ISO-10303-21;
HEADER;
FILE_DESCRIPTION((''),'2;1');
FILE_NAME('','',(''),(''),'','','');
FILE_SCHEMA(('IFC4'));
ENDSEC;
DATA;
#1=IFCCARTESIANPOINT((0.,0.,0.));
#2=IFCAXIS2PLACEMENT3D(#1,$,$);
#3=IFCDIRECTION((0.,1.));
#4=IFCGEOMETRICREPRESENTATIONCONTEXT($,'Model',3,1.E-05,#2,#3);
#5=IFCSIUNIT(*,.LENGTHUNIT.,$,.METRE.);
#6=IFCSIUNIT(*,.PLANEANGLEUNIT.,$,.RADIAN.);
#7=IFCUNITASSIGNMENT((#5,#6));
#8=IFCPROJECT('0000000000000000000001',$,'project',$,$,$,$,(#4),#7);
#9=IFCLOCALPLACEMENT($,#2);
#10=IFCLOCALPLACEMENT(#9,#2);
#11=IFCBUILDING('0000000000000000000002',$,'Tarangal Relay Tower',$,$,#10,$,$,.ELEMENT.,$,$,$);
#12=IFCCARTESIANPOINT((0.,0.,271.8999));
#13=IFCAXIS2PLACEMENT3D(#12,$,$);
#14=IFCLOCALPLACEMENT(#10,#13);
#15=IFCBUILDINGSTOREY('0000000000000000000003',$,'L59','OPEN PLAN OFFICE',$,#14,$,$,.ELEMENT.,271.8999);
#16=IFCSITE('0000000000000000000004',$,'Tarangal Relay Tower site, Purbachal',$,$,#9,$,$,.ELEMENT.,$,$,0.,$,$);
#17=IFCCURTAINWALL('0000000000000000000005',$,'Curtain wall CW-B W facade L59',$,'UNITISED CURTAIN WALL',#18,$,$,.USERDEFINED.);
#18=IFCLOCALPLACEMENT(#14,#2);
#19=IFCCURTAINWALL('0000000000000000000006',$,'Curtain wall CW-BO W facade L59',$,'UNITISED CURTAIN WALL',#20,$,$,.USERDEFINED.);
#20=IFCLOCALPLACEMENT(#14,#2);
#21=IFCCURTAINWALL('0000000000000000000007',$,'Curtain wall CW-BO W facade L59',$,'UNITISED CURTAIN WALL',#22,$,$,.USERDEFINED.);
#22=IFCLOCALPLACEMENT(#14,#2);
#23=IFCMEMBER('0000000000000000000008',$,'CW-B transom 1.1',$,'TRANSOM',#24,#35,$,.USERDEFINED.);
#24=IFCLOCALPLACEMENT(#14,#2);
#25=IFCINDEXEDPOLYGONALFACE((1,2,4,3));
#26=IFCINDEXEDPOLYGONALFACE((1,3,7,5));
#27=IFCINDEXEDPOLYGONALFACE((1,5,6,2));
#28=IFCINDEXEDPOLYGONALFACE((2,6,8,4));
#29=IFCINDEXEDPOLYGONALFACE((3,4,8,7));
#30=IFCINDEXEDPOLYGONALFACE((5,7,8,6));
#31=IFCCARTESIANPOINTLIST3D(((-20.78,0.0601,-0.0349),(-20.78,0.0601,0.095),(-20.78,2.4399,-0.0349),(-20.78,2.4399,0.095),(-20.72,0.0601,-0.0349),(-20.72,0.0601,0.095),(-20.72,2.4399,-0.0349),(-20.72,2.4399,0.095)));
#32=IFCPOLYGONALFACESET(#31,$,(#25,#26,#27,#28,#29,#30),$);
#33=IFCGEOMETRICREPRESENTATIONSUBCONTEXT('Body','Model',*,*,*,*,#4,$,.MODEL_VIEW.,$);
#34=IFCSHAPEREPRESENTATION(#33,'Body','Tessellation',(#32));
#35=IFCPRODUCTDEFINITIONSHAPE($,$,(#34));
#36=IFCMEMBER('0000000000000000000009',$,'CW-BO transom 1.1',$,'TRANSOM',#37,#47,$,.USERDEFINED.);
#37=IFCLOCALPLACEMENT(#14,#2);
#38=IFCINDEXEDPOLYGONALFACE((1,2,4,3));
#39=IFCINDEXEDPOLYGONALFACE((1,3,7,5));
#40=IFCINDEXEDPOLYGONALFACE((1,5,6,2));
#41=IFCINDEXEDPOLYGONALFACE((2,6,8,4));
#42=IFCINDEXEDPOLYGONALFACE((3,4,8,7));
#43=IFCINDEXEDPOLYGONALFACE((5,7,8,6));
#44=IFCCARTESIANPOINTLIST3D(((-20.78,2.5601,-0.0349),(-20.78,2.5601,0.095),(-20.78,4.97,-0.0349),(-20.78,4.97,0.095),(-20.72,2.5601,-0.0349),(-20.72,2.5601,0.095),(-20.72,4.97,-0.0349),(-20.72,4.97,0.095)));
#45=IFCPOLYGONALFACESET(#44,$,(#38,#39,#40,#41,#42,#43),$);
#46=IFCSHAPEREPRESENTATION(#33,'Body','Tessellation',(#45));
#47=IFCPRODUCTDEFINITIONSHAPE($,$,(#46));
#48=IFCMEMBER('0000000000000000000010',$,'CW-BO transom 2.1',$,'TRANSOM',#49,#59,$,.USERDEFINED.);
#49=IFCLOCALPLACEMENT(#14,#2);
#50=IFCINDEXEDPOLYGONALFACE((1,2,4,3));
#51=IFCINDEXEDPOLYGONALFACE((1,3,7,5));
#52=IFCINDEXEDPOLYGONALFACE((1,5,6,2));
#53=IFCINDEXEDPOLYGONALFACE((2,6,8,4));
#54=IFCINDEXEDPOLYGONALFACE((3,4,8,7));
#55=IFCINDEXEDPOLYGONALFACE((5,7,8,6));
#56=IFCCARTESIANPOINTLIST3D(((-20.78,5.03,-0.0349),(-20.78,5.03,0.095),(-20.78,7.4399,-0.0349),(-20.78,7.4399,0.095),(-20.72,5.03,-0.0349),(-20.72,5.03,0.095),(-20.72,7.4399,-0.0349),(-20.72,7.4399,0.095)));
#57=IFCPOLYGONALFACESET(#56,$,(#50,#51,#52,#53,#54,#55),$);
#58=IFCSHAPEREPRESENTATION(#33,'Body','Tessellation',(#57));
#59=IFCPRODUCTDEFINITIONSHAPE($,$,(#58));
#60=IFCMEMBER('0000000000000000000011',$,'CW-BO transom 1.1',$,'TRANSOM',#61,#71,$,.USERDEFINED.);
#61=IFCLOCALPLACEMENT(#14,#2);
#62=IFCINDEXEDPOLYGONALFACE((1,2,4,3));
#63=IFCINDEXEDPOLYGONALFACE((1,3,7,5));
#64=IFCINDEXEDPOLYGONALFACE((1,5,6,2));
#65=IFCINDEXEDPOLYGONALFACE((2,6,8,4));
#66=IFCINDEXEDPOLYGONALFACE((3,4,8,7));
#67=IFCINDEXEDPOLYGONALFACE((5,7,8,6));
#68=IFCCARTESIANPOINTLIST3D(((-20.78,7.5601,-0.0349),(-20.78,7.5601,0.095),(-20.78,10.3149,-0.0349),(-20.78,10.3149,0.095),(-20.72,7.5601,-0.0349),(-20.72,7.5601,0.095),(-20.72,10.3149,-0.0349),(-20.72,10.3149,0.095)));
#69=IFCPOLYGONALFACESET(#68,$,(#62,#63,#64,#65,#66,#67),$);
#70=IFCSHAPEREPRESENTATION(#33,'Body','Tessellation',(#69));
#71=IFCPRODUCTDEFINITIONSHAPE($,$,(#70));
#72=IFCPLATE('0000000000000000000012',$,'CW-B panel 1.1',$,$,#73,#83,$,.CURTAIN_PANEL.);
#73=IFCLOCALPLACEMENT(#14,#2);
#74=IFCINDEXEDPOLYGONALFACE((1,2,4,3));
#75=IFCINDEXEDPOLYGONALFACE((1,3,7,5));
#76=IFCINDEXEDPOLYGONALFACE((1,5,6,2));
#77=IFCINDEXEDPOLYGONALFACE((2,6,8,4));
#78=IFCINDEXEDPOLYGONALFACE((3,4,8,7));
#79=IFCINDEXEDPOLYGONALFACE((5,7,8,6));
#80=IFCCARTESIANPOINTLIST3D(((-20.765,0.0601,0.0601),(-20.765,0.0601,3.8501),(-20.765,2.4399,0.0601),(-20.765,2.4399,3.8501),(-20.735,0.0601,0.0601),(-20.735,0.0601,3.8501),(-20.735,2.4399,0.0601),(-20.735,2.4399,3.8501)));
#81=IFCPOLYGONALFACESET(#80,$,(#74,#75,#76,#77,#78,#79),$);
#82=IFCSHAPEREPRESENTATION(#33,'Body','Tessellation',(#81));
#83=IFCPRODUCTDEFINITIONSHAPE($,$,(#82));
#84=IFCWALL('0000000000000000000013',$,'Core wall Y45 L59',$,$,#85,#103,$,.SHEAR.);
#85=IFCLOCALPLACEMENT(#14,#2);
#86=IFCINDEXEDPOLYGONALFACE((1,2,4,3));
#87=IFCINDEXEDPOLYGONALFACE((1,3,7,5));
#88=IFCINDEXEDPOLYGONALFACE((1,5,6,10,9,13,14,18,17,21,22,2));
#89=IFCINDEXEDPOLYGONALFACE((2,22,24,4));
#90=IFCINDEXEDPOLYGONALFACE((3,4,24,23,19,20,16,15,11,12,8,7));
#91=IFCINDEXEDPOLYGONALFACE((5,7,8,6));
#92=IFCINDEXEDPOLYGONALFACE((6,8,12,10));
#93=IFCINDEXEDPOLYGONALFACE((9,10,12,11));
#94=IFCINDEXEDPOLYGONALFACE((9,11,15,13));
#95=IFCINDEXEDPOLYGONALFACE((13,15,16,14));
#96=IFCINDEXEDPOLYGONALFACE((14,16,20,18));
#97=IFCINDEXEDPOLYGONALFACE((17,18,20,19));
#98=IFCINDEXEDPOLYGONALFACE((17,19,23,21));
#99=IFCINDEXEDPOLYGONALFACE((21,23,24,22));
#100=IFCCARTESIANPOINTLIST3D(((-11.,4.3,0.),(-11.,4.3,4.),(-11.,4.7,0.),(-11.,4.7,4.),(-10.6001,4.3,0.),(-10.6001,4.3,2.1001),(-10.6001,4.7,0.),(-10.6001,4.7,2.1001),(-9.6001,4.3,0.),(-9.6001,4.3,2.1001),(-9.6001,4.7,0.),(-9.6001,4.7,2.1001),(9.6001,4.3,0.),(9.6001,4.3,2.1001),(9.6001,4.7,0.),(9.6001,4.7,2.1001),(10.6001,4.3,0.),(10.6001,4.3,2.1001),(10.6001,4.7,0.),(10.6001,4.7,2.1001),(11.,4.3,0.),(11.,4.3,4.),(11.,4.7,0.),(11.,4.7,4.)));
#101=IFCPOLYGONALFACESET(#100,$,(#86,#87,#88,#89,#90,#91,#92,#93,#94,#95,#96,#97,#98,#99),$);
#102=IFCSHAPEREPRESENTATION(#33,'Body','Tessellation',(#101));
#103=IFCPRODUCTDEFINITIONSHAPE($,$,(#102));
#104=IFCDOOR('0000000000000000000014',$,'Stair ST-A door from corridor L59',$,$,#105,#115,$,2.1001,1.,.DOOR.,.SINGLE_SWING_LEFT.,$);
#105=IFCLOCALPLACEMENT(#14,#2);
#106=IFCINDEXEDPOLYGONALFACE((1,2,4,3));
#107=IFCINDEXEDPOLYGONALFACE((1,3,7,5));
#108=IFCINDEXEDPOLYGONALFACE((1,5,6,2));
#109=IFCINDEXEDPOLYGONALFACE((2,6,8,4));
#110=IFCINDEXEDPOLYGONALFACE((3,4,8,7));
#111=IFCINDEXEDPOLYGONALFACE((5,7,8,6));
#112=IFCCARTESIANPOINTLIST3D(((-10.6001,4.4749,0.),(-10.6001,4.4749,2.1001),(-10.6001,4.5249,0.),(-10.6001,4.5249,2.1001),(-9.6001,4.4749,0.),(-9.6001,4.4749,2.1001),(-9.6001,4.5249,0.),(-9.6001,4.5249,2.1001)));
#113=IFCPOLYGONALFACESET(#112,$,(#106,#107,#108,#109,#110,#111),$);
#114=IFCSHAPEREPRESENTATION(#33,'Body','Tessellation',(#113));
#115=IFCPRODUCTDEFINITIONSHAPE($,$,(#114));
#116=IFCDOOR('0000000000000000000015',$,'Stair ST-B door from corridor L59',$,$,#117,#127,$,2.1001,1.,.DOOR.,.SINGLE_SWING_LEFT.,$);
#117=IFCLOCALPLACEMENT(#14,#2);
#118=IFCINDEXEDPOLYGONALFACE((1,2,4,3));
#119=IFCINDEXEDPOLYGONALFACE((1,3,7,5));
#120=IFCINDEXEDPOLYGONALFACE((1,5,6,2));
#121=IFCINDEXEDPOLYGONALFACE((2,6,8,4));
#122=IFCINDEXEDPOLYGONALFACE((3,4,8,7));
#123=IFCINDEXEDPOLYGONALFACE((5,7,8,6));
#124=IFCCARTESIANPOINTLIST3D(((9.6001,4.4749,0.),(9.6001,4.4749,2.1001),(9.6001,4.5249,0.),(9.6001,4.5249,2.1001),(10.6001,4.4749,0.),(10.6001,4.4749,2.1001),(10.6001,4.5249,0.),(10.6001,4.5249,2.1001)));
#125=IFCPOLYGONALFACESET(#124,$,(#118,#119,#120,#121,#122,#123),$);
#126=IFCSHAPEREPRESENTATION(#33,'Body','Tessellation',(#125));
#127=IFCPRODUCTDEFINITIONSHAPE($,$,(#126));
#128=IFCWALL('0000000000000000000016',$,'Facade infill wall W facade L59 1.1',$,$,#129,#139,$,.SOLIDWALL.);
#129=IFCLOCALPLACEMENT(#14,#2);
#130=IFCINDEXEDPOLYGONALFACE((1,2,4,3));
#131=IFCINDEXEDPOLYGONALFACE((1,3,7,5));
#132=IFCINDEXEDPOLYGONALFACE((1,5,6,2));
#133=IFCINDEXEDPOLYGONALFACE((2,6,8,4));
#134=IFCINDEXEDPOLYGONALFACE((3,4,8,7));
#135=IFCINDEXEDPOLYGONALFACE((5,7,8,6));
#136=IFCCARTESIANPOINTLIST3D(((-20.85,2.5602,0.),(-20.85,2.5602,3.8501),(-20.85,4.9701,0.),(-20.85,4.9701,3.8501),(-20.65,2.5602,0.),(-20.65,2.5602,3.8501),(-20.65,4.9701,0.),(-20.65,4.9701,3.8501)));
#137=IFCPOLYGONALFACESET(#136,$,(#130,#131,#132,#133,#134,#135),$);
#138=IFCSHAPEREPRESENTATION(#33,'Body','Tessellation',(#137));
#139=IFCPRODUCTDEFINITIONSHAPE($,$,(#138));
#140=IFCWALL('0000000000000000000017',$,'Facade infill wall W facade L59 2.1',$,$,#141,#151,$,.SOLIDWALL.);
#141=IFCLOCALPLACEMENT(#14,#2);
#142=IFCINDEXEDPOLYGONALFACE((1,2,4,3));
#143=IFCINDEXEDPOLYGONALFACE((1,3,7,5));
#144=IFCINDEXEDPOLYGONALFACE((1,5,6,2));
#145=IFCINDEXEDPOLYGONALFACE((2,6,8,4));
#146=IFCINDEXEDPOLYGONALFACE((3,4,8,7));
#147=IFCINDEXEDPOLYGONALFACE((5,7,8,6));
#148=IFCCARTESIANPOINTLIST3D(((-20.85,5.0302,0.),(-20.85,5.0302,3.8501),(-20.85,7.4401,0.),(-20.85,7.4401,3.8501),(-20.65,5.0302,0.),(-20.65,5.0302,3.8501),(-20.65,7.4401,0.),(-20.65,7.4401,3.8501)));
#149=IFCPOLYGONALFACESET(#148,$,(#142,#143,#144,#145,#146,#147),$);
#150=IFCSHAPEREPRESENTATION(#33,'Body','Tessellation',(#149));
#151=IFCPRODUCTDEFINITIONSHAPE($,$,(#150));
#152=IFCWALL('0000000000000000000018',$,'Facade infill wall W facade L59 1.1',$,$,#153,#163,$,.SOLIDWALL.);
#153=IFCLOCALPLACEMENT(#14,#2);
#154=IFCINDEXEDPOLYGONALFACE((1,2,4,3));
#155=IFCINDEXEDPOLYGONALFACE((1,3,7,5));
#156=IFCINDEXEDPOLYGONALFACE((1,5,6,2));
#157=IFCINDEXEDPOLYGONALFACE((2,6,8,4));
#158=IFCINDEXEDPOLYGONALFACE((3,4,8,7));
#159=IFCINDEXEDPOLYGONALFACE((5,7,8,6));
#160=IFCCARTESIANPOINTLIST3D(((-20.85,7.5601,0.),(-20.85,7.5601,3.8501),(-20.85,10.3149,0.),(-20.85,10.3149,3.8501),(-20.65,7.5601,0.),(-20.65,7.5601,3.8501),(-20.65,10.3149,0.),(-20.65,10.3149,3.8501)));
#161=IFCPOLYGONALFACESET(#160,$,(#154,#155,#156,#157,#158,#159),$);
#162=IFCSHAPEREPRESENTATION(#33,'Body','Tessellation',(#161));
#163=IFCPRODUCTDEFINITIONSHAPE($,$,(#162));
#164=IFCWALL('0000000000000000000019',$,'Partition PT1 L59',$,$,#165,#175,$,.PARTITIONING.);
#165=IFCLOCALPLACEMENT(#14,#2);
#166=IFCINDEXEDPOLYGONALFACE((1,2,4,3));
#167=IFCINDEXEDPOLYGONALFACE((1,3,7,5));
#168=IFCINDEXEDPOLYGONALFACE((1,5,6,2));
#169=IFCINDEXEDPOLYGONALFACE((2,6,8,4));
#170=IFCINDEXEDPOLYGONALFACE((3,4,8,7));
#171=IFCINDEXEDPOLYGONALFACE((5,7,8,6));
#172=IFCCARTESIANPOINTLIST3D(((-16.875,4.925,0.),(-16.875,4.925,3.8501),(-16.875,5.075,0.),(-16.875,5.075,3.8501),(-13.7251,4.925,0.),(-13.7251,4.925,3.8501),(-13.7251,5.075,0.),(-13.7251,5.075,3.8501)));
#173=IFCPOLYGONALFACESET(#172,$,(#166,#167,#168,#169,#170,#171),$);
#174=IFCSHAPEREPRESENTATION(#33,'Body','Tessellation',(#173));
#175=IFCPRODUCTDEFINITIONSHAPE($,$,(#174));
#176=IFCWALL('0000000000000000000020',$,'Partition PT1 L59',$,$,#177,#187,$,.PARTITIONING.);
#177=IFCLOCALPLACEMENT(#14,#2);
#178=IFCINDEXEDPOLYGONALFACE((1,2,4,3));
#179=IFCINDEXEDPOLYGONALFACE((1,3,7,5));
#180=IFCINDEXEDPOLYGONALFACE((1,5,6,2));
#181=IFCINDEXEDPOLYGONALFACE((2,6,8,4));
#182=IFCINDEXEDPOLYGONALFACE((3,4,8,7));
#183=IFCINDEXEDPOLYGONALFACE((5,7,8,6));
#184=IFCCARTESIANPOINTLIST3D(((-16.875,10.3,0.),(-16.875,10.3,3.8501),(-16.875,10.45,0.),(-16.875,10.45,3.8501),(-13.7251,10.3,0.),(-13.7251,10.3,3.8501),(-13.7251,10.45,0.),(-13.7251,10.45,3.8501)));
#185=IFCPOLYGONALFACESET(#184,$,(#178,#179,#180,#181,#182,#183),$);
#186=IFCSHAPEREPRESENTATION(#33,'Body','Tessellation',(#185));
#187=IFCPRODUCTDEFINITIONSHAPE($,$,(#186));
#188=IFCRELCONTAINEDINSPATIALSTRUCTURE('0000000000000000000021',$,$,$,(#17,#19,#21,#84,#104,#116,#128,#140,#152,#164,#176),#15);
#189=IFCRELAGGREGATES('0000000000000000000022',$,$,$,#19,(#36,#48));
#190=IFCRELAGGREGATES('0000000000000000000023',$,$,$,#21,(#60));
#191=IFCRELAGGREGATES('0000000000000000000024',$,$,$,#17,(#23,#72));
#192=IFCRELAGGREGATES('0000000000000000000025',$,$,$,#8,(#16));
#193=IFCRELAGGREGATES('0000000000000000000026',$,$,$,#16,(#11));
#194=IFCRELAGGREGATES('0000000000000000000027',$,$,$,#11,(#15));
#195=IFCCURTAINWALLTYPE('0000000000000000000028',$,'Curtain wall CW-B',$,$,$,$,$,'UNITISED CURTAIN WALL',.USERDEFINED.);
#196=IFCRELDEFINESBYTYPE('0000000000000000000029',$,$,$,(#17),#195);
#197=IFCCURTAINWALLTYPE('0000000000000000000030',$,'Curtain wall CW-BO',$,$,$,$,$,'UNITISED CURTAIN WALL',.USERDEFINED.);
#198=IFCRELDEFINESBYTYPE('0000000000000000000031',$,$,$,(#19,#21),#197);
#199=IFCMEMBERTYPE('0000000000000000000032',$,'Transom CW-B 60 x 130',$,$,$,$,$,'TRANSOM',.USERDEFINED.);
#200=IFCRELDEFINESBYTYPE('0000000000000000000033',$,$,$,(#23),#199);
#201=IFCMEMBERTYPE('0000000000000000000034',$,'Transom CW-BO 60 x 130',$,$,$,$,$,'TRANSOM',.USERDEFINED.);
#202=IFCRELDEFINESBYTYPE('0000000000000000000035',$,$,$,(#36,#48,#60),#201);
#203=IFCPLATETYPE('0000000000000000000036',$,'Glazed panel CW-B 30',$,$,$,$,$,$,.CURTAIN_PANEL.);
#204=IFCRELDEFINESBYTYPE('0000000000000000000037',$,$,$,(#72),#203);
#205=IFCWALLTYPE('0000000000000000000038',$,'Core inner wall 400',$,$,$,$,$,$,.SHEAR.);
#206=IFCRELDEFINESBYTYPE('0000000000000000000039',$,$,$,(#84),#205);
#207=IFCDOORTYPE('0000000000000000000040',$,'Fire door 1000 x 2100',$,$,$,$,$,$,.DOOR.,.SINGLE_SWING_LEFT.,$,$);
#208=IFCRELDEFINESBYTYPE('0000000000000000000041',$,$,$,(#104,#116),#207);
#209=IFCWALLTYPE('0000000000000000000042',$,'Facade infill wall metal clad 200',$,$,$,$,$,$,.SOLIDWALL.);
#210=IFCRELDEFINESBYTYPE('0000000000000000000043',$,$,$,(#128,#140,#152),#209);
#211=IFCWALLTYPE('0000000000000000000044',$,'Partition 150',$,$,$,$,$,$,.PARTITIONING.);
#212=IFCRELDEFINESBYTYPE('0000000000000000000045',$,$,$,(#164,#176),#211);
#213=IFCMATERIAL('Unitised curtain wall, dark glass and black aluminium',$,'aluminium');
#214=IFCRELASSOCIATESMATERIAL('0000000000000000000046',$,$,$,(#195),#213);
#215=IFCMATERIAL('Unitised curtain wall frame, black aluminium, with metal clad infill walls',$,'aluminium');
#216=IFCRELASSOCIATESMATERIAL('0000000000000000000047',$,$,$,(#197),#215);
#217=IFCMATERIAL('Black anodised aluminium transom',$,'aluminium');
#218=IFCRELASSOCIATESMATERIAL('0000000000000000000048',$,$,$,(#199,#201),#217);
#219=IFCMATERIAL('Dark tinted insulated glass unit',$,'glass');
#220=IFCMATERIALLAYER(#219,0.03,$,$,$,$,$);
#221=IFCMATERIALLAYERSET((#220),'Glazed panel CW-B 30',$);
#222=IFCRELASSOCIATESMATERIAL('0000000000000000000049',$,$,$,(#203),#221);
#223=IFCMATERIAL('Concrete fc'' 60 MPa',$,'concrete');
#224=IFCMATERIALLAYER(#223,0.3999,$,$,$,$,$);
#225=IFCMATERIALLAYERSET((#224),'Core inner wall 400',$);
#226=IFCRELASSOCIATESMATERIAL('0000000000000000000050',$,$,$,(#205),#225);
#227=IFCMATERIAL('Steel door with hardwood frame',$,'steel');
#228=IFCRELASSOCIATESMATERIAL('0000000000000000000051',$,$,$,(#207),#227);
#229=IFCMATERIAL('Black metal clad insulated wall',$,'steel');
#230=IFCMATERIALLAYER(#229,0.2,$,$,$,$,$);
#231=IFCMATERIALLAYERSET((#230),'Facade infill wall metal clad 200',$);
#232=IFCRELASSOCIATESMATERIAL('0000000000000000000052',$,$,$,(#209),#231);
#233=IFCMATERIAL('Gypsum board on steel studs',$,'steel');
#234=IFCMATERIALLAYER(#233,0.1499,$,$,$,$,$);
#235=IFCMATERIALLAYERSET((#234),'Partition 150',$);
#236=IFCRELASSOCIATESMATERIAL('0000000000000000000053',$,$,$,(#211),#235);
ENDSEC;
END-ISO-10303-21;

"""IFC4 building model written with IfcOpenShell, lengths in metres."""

from ifc_helpers import new_model, si_unit, direction, frame, frame_2d, origin, origin_2d, place, context, subcontext, project, spatial, rectangle, extrude, material, layer, layer_set, material_profile, profile_set, type_object, element, fill, aggregate, save


model = new_model("IFC4")

# Units and contexts
model_context = context("Model", 3, precision=1e-05, world=origin(), true_north=direction((0.0, 1.0)))
body_context = subcontext(model_context, "Body", "Model", "MODEL_VIEW")
ifc_project = project(units=[si_unit("LENGTHUNIT", "METRE"), si_unit("PLANEANGLEUNIT", "RADIAN")], contexts=[model_context])

# Site, building, storey
site_placement = place(None, origin())
site = spatial("IfcSite", under=ifc_project, at=site_placement, Name="Tarangal Relay Tower site, Purbachal", CompositionType="ELEMENT", RefElevation=0.0)
building_placement = place(site_placement, origin())
building = spatial("IfcBuilding", under=site, at=building_placement, Name="Tarangal Relay Tower", CompositionType="ELEMENT")
storey_placement = place(building_placement, frame((0.0, 0.0, 271.8999)))
storey = spatial("IfcBuildingStorey", under=building, at=storey_placement, Name="L59", Description="OPEN PLAN OFFICE", CompositionType="ELEMENT", Elevation=271.8999)

# Curtain wall
ifc_material_1 = material(Name="Unitised curtain wall, dark glass and black aluminium", Category="aluminium")
curtain_wall_type_1 = type_object("IfcCurtainWallType", Name="Curtain wall CW-B", ElementType="UNITISED CURTAIN WALL", PredefinedType="USERDEFINED", material=ifc_material_1)
curtain_wall_1_placement = place(storey_placement, origin())
curtain_wall_1 = element("IfcCurtainWall", 1, at=curtain_wall_1_placement, inside=storey, type_object=curtain_wall_type_1, Name="Curtain wall CW-B W facade L59", ObjectType="UNITISED CURTAIN WALL", PredefinedType="USERDEFINED")

# Curtain walls
ifc_material_2 = material(Name="Unitised curtain wall frame, black aluminium, with metal clad infill walls", Category="aluminium")
curtain_wall_type_2 = type_object("IfcCurtainWallType", Name="Curtain wall CW-BO", ElementType="UNITISED CURTAIN WALL", PredefinedType="USERDEFINED", material=ifc_material_2)
curtain_wall_2_placement = place(storey_placement, origin())
curtain_wall_2 = element("IfcCurtainWall", 2, at=curtain_wall_2_placement, inside=storey, type_object=curtain_wall_type_2, Name="Curtain wall CW-BO W facade L59", ObjectType="UNITISED CURTAIN WALL", PredefinedType="USERDEFINED")
curtain_wall_3_placement = place(storey_placement, origin())
curtain_wall_3 = element("IfcCurtainWall", 3, at=curtain_wall_3_placement, inside=storey, type_object=curtain_wall_type_2, Name="Curtain wall CW-BO W facade L59", ObjectType="UNITISED CURTAIN WALL", PredefinedType="USERDEFINED")

# Members
ifc_material_3 = material(Name="Black anodised aluminium transom", Category="aluminium")
ifc_material_profile_1 = material_profile(ifc_material_3, rectangle(XDim=0.0601, YDim=0.1299, at=origin_2d()), Name="CW-BT 60X130")
ifc_profile_set_1 = profile_set([ifc_material_profile_1], Name="Black anodised aluminium transom")
member_type_1 = type_object("IfcMemberType", Name="Transom CW-B 60 x 130", ElementType="TRANSOM", PredefinedType="USERDEFINED", material=ifc_profile_set_1)
member_1_placement = place(storey_placement, frame((-20.75, 0.0601, 0.03), z_axis=(0.0, 1.0, 0.0), x_axis=(-1.0, 0.0, 0.0)))
member_1 = element("IfcMember", 4, at=member_1_placement, type_object=member_type_1, Name="CW-B transom 1.1", ObjectType="TRANSOM", PredefinedType="USERDEFINED", context=body_context, shape_type="SweptSolid", body=[
    extrude(rectangle(XDim=0.0601, YDim=0.1299, at=origin_2d()), origin(), (0.0, 0.0, 1.0), 2.3799),
])
ifc_material_profile_2 = material_profile(ifc_material_3, rectangle(XDim=0.0601, YDim=0.1299, at=origin_2d()), Name="CW-BOT 60X130")
ifc_profile_set_2 = profile_set([ifc_material_profile_2], Name="Black anodised aluminium transom")
member_type_2 = type_object("IfcMemberType", Name="Transom CW-BO 60 x 130", ElementType="TRANSOM", PredefinedType="USERDEFINED", material=ifc_profile_set_2)
member_2_placement = place(storey_placement, frame((-20.75, 2.5601, 0.03), z_axis=(0.0, 1.0, 0.0), x_axis=(-1.0, 0.0, 0.0)))
member_2 = element("IfcMember", 5, at=member_2_placement, type_object=member_type_2, Name="CW-BO transom 1.1", ObjectType="TRANSOM", PredefinedType="USERDEFINED", context=body_context, shape_type="SweptSolid", body=[
    extrude(rectangle(XDim=0.0601, YDim=0.1299, at=origin_2d()), origin(), (0.0, 0.0, 1.0), 2.4099),
])
member_3_placement = place(storey_placement, frame((-20.75, 5.03, 0.03), z_axis=(0.0, 1.0, 0.0), x_axis=(-1.0, 0.0, 0.0)))
member_3 = element("IfcMember", 6, at=member_3_placement, type_object=member_type_2, Name="CW-BO transom 2.1", ObjectType="TRANSOM", PredefinedType="USERDEFINED", context=body_context, shape_type="SweptSolid", body=[
    extrude(rectangle(XDim=0.0601, YDim=0.1299, at=origin_2d()), origin(), (0.0, 0.0, 1.0), 2.4099),
])
aggregate(curtain_wall_2, [member_2, member_3])
member_4_placement = place(storey_placement, frame((-20.75, 7.5601, 0.03), z_axis=(0.0, 1.0, 0.0), x_axis=(-1.0, 0.0, 0.0)))
member_4 = element("IfcMember", 7, at=member_4_placement, type_object=member_type_2, Name="CW-BO transom 1.1", ObjectType="TRANSOM", PredefinedType="USERDEFINED", context=body_context, shape_type="SweptSolid", body=[
    extrude(rectangle(XDim=0.0601, YDim=0.1299, at=origin_2d()), origin(), (0.0, 0.0, 1.0), 2.7549),
])
aggregate(curtain_wall_3, [member_4])

# Plate
ifc_material_4 = material(Name="Dark tinted insulated glass unit", Category="glass")
ifc_layer_1 = layer(ifc_material_4, 0.03)
ifc_layer_set_1 = layer_set([ifc_layer_1], Name="Glazed panel CW-B 30")
plate_type = type_object("IfcPlateType", Name="Glazed panel CW-B 30", PredefinedType="CURTAIN_PANEL", material=ifc_layer_set_1)
plate_placement = place(storey_placement, frame((-20.75, 1.25, 0.0601), z_axis=(0.0, 0.0, 1.0), x_axis=(0.0, 1.0, 0.0)))
plate = element("IfcPlate", 8, at=plate_placement, type_object=plate_type, Name="CW-B panel 1.1", PredefinedType="CURTAIN_PANEL", context=body_context, shape_type="SweptSolid", body=[
    extrude(rectangle(XDim=2.3799, YDim=0.03, at=origin_2d()), origin(), (0.0, 0.0, 1.0), 3.79),
])
aggregate(curtain_wall_1, [member_1, plate])

# Wall, openings, doors
ifc_material_5 = material(Name="Concrete fc' 60 MPa", Category="concrete")
ifc_layer_2 = layer(ifc_material_5, 0.3999)
ifc_layer_set_2 = layer_set([ifc_layer_2], Name="Core inner wall 400")
wall_type_1 = type_object("IfcWallType", Name="Core inner wall 400", PredefinedType="SHEAR", material=ifc_layer_set_2)
wall_1_placement = place(storey_placement, frame((-11.0, 4.5, 0.0), z_axis=(0.0, 0.0, 1.0), x_axis=(1.0, 0.0, 0.0)))
wall_1 = element("IfcWall", 9, at=wall_1_placement, inside=storey, type_object=wall_type_1, Name="Core wall Y45 L59", PredefinedType="SHEAR", context=body_context, shape_type="SweptSolid", body=[
    extrude(rectangle(XDim=22.0, YDim=0.3999, at=frame_2d((11.0, 0.0))), origin(), (0.0, 0.0, 1.0), 4.0),
])
opening_1_placement = place(wall_1_placement, frame((0.3999, 0.0, 0.0)))
opening_1 = element("IfcOpeningElement", 10, at=opening_1_placement, cuts=wall_1, PredefinedType="OPENING", context=body_context, shape_type="SweptSolid", body=[
    extrude(rectangle(XDim=1.0, YDim=2.1001, at=frame_2d((0.5, 1.05))), frame((0.0, 0.21, 0.0), z_axis=(0.0, -1.0, 0.0), x_axis=(1.0, 0.0, 0.0)), (0.0, 0.0, 1.0), 0.4199),
])
opening_2_placement = place(wall_1_placement, frame((20.6001, 0.0, 0.0)))
opening_2 = element("IfcOpeningElement", 11, at=opening_2_placement, cuts=wall_1, PredefinedType="OPENING", context=body_context, shape_type="SweptSolid", body=[
    extrude(rectangle(XDim=1.0, YDim=2.1001, at=frame_2d((0.5, 1.05))), frame((0.0, 0.21, 0.0), z_axis=(0.0, -1.0, 0.0), x_axis=(1.0, 0.0, 0.0)), (0.0, 0.0, 1.0), 0.4199),
])
ifc_material_6 = material(Name="Steel door with hardwood frame", Category="steel")
door_type_1 = type_object("IfcDoorType", Name="Fire door 1000 x 2100", OperationType="SINGLE_SWING_LEFT", PredefinedType="DOOR", material=ifc_material_6)
door_1_placement = place(opening_1_placement, origin())
door_1 = element("IfcDoor", 12, at=door_1_placement, inside=storey, type_object=door_type_1, Name="Stair ST-A door from corridor L59", OperationType="SINGLE_SWING_LEFT", OverallHeight=2.1001, OverallWidth=1.0, PredefinedType="DOOR", context=body_context, shape_type="SweptSolid", body=[
    extrude(rectangle(XDim=1.0, YDim=2.1001, at=frame_2d((0.5, 1.05))), frame((0.0, 0.0249, 0.0), z_axis=(0.0, -1.0, 0.0), x_axis=(1.0, 0.0, 0.0)), (0.0, 0.0, 1.0), 0.05),
])
fill(opening_1, door_1)
door_2_placement = place(opening_2_placement, origin())
door_2 = element("IfcDoor", 13, at=door_2_placement, inside=storey, type_object=door_type_1, Name="Stair ST-B door from corridor L59", OperationType="SINGLE_SWING_LEFT", OverallHeight=2.1001, OverallWidth=1.0, PredefinedType="DOOR", context=body_context, shape_type="SweptSolid", body=[
    extrude(rectangle(XDim=1.0, YDim=2.1001, at=frame_2d((0.5, 1.05))), frame((0.0, 0.0249, 0.0), z_axis=(0.0, -1.0, 0.0), x_axis=(1.0, 0.0, 0.0)), (0.0, 0.0, 1.0), 0.05),
])
fill(opening_2, door_2)

# Walls
ifc_material_7 = material(Name="Black metal clad insulated wall", Category="steel")
ifc_layer_3 = layer(ifc_material_7, 0.2)
ifc_layer_set_3 = layer_set([ifc_layer_3], Name="Facade infill wall metal clad 200")
wall_type_2 = type_object("IfcWallType", Name="Facade infill wall metal clad 200", PredefinedType="SOLIDWALL", material=ifc_layer_set_3)
for number, where, z_axis, x_axis, name in (
    (14, (-20.75, 2.5601, 0.0), (0.0, 0.0, 1.0), (0.0, 1.0, 0.0), "Facade infill wall W facade L59 1.1"),
    (15, (-20.75, 5.03, 0.0), (0.0, 0.0, 1.0), (0.0, 1.0, 0.0), "Facade infill wall W facade L59 2.1"),
):
    element("IfcWall", number, at=place(storey_placement, frame(where, z_axis=z_axis, x_axis=x_axis)), inside=storey, type_object=wall_type_2, Name=name, PredefinedType="SOLIDWALL", context=body_context, shape_type="SweptSolid", body=[
        extrude(rectangle(XDim=2.4099, YDim=0.2, at=frame_2d((1.2051, 0.0))), origin(), (0.0, 0.0, 1.0), 3.8501),
    ])
wall_2_placement = place(storey_placement, frame((-20.75, 7.5601, 0.0), z_axis=(0.0, 0.0, 1.0), x_axis=(0.0, 1.0, 0.0)))
element("IfcWall", 16, at=wall_2_placement, inside=storey, type_object=wall_type_2, Name="Facade infill wall W facade L59 1.1", PredefinedType="SOLIDWALL", context=body_context, shape_type="SweptSolid", body=[
    extrude(rectangle(XDim=2.7549, YDim=0.2, at=frame_2d((1.3774, 0.0))), origin(), (0.0, 0.0, 1.0), 3.8501),
])
ifc_material_8 = material(Name="Gypsum board on steel studs", Category="steel")
ifc_layer_4 = layer(ifc_material_8, 0.1499)
ifc_layer_set_4 = layer_set([ifc_layer_4], Name="Partition 150")
wall_type_3 = type_object("IfcWallType", Name="Partition 150", PredefinedType="PARTITIONING", material=ifc_layer_set_4)
for number, where, z_axis, x_axis, name in (
    (17, (-16.875, 5.0, 0.0), (0.0, 0.0, 1.0), (1.0, 0.0, 0.0), "Partition PT1 L59"),
    (18, (-16.875, 10.375, 0.0), (0.0, 0.0, 1.0), (1.0, 0.0, 0.0), "Partition PT1 L59"),
):
    element("IfcWall", number, at=place(storey_placement, frame(where, z_axis=z_axis, x_axis=x_axis)), inside=storey, type_object=wall_type_3, Name=name, PredefinedType="PARTITIONING", context=body_context, shape_type="SweptSolid", body=[
        extrude(rectangle(XDim=3.1499, YDim=0.1499, at=frame_2d((1.575, 0.0))), origin(), (0.0, 0.0, 1.0), 3.8501),
    ])

save(model, "model.ifc")
